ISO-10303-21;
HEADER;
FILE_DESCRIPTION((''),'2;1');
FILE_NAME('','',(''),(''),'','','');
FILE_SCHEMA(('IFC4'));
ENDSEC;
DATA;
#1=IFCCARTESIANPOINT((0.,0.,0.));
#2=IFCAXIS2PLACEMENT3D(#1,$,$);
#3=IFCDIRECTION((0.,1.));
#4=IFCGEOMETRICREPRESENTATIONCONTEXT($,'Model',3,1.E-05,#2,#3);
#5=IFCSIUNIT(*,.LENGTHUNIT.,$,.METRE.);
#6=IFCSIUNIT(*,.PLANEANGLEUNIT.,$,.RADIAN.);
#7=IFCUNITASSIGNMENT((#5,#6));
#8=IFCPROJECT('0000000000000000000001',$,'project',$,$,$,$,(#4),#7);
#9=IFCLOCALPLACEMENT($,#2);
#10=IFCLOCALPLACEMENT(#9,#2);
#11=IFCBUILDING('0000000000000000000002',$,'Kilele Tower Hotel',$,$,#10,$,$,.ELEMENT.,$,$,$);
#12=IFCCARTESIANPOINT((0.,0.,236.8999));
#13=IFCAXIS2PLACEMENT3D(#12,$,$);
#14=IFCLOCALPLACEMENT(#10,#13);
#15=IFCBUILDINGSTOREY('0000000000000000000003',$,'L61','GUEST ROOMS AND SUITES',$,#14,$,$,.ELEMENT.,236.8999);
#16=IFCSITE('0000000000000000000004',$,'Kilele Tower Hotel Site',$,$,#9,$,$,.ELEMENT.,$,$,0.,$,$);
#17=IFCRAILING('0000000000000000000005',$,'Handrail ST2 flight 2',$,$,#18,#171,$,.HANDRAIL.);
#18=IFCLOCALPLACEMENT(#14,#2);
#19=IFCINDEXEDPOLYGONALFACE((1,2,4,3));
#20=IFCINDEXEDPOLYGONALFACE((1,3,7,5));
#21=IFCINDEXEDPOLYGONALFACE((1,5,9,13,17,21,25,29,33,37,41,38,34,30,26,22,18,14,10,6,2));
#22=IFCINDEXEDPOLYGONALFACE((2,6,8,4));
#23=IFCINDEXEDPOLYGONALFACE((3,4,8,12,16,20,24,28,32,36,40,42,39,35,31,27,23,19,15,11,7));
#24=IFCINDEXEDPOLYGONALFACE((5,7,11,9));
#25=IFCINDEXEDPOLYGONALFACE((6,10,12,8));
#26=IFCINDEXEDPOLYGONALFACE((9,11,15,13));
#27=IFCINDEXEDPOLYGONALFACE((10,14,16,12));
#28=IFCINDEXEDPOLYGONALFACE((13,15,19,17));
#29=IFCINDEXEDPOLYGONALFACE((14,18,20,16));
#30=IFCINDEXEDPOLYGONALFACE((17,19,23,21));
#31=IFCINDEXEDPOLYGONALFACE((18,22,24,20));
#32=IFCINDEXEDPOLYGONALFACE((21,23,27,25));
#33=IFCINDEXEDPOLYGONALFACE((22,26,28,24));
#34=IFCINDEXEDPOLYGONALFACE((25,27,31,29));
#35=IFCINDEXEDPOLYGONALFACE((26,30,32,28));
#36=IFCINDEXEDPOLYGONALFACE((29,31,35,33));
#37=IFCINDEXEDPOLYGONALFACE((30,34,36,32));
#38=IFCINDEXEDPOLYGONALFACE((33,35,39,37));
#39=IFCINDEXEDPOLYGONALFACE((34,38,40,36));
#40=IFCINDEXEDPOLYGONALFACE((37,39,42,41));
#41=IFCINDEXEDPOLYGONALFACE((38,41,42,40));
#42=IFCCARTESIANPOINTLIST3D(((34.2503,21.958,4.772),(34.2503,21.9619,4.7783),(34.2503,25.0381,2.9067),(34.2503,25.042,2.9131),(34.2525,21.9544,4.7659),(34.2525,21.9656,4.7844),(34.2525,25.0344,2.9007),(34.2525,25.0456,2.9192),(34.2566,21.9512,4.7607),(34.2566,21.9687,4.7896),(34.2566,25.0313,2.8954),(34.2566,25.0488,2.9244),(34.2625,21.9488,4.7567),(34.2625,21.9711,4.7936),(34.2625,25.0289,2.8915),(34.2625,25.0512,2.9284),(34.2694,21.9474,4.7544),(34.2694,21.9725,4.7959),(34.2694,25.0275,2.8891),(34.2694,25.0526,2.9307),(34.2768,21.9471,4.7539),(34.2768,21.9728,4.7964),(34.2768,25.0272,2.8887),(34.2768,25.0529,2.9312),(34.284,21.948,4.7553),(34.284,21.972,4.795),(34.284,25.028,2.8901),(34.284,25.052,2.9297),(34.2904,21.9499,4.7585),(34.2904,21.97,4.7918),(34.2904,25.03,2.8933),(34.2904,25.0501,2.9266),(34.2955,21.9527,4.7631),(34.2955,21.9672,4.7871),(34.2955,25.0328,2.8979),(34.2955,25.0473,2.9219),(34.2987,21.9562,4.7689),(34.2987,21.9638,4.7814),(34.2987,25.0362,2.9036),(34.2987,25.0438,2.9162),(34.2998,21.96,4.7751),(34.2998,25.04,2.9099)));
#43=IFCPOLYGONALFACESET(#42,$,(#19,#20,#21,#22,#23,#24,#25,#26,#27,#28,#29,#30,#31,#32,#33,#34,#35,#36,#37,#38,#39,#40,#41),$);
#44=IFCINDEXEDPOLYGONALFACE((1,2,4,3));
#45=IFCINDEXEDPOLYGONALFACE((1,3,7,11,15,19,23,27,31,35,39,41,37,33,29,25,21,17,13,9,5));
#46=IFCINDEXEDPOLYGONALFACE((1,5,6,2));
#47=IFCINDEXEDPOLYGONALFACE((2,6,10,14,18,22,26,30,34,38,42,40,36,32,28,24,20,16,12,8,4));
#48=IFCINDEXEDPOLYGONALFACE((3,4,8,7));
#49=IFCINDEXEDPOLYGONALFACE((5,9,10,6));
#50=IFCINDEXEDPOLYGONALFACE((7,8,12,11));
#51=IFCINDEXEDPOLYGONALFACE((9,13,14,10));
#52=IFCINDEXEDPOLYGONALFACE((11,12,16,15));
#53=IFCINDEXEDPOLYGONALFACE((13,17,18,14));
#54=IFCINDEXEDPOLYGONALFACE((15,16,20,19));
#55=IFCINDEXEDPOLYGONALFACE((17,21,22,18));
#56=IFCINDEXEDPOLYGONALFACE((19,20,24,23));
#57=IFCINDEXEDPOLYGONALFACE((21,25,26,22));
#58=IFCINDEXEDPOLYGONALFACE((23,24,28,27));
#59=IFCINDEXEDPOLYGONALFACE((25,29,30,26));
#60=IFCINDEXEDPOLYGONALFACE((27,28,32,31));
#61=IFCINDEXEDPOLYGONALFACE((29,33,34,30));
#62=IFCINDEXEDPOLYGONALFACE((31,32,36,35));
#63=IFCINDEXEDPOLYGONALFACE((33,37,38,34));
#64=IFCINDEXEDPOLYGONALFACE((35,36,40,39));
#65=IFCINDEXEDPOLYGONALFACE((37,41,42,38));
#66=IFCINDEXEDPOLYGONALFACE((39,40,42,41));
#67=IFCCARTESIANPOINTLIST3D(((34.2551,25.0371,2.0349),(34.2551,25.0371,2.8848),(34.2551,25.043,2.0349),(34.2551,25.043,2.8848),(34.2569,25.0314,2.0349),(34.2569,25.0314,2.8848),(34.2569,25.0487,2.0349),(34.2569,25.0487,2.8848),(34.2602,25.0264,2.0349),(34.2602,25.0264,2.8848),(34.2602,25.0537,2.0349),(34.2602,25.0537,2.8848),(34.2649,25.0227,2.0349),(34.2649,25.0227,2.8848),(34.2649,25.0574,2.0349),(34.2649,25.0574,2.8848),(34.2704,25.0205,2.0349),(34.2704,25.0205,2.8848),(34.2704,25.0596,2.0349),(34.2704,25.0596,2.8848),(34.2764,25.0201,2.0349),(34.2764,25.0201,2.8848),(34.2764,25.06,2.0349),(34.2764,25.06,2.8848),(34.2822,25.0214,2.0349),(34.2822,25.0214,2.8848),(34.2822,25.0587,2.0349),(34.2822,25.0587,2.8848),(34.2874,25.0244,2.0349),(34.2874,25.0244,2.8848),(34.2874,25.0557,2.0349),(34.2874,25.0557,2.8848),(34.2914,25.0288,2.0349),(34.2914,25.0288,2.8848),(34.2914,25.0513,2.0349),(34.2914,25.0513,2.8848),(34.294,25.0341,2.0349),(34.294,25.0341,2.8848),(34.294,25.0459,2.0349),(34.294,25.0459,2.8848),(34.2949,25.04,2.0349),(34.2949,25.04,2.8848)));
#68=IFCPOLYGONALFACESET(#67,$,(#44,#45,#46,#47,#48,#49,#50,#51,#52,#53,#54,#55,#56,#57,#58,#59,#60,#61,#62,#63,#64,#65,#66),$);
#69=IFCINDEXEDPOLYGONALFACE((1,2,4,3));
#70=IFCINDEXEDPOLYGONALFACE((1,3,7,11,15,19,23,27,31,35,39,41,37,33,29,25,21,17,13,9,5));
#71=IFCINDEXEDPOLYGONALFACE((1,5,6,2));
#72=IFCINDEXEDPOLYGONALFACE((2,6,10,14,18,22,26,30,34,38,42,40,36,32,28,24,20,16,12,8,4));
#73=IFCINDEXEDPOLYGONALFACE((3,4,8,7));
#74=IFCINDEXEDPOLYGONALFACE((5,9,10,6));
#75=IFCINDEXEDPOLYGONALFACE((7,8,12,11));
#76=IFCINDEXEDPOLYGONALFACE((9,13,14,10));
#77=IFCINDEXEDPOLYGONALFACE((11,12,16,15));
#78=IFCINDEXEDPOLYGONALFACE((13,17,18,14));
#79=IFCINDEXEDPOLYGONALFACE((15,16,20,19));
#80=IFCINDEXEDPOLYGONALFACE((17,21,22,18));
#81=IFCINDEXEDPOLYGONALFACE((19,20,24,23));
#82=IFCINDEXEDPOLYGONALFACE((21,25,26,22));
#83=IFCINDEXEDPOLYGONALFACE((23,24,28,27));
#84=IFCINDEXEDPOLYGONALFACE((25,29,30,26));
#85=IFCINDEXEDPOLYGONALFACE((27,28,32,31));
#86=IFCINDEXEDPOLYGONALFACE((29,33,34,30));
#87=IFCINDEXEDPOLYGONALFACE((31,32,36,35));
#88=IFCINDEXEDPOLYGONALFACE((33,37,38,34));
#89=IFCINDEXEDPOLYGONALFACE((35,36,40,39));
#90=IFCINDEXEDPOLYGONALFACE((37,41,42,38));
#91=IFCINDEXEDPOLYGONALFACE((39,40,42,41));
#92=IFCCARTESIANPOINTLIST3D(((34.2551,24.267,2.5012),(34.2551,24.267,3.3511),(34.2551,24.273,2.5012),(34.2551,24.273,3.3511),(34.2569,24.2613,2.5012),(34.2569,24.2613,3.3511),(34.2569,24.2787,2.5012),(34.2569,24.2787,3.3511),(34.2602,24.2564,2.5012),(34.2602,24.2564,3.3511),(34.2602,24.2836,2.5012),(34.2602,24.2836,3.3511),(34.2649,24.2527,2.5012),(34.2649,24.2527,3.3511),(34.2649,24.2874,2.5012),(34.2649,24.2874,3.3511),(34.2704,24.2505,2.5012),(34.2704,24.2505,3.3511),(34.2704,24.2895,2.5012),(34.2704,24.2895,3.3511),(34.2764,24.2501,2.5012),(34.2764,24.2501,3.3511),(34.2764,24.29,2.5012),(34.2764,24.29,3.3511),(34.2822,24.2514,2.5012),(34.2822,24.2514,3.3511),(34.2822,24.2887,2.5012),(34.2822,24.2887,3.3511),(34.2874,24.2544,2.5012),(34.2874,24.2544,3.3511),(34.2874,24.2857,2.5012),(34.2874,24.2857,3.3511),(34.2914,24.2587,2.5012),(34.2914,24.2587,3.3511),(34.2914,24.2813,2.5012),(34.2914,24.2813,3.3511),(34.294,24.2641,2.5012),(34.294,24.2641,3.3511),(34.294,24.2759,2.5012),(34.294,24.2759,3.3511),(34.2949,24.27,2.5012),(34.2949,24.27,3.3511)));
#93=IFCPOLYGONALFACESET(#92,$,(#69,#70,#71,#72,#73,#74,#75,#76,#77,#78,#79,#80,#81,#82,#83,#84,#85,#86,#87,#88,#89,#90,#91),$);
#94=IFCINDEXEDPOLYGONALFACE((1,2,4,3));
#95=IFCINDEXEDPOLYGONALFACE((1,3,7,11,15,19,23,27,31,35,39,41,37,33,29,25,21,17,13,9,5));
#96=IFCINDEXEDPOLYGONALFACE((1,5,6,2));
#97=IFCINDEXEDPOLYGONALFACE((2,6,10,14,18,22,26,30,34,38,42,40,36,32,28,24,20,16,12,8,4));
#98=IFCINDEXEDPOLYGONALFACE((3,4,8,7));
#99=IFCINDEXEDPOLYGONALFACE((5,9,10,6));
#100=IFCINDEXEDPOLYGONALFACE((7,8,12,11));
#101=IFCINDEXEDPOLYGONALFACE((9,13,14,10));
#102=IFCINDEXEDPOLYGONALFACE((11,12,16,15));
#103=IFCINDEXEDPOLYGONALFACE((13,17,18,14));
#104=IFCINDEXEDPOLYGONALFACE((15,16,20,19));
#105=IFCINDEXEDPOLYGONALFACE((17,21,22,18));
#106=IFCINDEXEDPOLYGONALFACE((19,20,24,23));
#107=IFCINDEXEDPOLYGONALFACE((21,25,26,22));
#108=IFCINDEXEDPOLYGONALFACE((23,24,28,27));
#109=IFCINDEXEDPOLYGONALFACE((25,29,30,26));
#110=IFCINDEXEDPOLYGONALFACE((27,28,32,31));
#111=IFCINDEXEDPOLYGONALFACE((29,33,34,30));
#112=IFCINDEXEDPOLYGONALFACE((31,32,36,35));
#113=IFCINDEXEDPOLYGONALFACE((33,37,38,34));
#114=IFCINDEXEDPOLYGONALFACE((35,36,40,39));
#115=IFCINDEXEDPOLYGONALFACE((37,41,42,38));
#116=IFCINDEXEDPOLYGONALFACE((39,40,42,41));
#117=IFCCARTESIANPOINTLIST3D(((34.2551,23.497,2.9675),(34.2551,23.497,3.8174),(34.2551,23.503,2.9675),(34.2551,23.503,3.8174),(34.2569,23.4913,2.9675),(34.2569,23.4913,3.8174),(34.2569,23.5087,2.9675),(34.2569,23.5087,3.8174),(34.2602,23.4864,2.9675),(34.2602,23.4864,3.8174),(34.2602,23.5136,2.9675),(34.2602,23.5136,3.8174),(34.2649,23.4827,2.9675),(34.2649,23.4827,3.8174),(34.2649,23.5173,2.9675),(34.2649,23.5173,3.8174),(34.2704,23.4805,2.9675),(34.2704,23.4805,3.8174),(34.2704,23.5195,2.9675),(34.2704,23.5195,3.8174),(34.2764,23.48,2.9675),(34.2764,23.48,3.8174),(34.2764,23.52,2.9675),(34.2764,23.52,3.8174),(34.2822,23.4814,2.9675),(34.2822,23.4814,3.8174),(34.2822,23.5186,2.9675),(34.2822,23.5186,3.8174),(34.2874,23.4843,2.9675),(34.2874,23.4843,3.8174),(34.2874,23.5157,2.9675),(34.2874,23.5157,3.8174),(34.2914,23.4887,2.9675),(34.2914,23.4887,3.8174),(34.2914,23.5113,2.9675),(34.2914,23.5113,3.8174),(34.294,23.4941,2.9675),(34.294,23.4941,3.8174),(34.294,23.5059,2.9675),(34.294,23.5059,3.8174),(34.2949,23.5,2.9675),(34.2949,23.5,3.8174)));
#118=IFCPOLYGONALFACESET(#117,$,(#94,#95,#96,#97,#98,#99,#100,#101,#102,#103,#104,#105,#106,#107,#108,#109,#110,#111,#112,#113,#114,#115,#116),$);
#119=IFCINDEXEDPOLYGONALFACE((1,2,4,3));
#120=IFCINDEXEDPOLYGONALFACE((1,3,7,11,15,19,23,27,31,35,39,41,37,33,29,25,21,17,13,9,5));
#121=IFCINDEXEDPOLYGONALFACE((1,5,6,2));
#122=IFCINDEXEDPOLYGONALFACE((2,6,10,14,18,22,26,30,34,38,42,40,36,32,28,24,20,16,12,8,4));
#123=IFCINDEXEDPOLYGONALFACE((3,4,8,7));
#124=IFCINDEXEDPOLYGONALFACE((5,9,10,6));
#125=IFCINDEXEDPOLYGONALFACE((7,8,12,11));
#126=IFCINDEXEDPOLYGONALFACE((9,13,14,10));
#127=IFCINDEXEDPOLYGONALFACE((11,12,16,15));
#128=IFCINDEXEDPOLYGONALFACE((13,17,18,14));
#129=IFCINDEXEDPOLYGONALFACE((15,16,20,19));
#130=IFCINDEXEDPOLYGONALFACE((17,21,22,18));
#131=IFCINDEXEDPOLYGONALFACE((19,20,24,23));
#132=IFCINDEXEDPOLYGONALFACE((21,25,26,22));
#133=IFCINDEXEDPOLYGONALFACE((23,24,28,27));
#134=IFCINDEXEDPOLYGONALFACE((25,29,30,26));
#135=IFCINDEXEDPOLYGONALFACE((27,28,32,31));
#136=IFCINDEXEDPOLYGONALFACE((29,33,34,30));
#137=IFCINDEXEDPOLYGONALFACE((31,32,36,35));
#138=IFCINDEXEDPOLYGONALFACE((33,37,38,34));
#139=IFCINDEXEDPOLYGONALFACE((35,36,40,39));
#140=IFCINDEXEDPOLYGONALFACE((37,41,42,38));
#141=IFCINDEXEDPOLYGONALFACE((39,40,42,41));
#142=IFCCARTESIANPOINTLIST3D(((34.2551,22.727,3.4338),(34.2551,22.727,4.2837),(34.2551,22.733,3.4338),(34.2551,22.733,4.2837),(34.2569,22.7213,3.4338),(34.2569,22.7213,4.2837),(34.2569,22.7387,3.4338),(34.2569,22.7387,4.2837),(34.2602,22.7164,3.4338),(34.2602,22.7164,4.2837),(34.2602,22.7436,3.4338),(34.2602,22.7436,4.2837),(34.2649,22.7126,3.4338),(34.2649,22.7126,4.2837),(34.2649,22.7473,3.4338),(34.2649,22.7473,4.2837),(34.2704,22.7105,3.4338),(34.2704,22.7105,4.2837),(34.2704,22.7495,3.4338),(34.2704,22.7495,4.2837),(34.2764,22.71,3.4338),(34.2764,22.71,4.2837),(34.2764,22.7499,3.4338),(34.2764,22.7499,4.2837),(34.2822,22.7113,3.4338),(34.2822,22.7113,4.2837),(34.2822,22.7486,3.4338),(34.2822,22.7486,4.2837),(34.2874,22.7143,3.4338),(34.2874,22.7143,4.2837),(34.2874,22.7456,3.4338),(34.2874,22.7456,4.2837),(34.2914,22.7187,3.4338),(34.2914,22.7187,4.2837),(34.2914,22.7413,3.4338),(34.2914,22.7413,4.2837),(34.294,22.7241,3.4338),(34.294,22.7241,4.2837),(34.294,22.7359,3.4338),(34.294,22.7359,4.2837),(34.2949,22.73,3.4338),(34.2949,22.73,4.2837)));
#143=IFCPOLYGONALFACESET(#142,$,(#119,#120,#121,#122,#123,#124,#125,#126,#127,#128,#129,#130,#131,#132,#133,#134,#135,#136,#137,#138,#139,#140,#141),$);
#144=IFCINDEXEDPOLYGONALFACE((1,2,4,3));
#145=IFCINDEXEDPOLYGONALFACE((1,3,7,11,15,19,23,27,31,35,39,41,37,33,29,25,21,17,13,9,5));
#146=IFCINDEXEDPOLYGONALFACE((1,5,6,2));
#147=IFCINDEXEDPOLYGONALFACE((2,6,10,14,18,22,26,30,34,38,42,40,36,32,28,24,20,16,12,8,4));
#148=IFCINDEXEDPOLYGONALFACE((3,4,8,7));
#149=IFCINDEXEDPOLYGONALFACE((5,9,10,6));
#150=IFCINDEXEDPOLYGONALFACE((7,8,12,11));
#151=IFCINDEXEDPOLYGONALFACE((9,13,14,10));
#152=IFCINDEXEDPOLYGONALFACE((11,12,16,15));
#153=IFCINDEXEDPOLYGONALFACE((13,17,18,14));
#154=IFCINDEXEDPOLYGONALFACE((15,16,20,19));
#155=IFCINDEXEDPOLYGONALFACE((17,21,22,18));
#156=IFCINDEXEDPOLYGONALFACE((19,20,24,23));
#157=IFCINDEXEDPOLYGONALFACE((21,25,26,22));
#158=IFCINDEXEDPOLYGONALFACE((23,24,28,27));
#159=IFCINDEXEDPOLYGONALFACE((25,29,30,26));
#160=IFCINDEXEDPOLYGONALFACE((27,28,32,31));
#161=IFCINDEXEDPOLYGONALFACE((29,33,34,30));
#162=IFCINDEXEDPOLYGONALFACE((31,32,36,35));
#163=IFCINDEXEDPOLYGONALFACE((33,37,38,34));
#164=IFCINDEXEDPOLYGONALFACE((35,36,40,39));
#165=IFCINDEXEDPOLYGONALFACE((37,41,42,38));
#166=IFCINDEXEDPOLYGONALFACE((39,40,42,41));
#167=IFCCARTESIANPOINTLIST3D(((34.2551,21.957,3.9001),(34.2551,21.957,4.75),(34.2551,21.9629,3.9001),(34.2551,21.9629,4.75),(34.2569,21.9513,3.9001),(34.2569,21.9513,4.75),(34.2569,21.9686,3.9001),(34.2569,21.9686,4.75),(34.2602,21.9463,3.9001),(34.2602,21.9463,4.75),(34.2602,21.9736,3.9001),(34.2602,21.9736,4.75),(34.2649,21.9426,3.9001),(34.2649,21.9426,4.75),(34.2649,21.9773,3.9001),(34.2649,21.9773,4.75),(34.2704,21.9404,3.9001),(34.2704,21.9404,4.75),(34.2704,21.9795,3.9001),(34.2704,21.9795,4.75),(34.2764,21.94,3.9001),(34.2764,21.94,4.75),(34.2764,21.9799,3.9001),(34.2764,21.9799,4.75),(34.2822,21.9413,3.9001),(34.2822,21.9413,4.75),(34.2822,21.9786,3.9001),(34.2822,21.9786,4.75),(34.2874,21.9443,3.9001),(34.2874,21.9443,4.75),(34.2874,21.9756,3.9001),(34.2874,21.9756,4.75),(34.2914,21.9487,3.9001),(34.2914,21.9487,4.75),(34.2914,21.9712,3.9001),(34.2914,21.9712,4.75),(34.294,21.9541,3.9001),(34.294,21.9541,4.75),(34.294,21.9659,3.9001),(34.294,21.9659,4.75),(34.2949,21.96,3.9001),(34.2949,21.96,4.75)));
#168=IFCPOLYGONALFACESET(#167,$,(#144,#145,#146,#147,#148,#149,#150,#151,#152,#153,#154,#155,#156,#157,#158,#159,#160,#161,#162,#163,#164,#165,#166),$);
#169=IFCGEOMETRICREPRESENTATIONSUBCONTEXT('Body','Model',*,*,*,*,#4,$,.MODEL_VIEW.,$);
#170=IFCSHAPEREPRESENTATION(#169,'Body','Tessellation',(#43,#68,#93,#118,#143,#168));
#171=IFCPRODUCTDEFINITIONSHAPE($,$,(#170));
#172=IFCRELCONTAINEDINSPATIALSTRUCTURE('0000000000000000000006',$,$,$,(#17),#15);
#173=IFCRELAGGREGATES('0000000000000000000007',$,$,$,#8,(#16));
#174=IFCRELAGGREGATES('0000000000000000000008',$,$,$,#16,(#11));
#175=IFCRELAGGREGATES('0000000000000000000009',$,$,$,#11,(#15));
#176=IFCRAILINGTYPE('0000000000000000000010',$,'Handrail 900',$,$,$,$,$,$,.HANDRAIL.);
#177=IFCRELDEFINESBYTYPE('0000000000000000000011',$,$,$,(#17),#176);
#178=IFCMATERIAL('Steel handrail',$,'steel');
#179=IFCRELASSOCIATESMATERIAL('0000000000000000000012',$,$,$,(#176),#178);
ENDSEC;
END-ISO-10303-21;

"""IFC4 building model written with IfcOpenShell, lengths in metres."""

from ifc_helpers import new_model, si_unit, direction, frame, origin, origin_2d, place, context, subcontext, project, spatial, circle, extrude, material, type_object, element, save


model = new_model("IFC4")

# Units and contexts
model_context = context("Model", 3, precision=1e-05, world=origin(), true_north=direction((0.0, 1.0)))
body_context = subcontext(model_context, "Body", "Model", "MODEL_VIEW")
ifc_project = project(units=[si_unit("LENGTHUNIT", "METRE"), si_unit("PLANEANGLEUNIT", "RADIAN")], contexts=[model_context])

# Site, building, storey
site_placement = place(None, origin())
site = spatial("IfcSite", under=ifc_project, at=site_placement, Name="Kilele Tower Hotel Site", CompositionType="ELEMENT", RefElevation=0.0)
building_placement = place(site_placement, origin())
building = spatial("IfcBuilding", under=site, at=building_placement, Name="Kilele Tower Hotel", CompositionType="ELEMENT")
storey_placement = place(building_placement, frame((0.0, 0.0, 236.8999)))
storey = spatial("IfcBuildingStorey", under=building, at=storey_placement, Name="L61", Description="GUEST ROOMS AND SUITES", CompositionType="ELEMENT", Elevation=236.8999)

# Railing
ifc_material_1 = material(Name="Steel handrail", Category="steel")
railing_type_1 = type_object("IfcRailingType", Name="Handrail 900", PredefinedType="HANDRAIL", material=ifc_material_1)
for number, where, name in (
    (1, (34.2749, 25.04, 2.0349), "Handrail ST2 flight 2"),
):
    element("IfcRailing", number, at=place(storey_placement, frame(where)), inside=storey, type_object=railing_type_1, Name=name, PredefinedType="HANDRAIL", context=body_context, shape_type="SweptSolid", body=[
        extrude(circle(Radius=0.0249, at=origin_2d()), frame((0.0, 0.0, 0.875), z_axis=(0.0, -0.85538, 0.518001), x_axis=(1.0, 0.0, 0.0)), (0.0, 0.0, 1.0), 3.6008),
        extrude(circle(Radius=0.02, at=origin_2d()), origin(), (0.0, 0.0, 1.0), 0.8499),
        extrude(circle(Radius=0.02, at=origin_2d()), frame((0.0, -0.77, 0.4663)), (0.0, 0.0, 1.0), 0.8499),
        extrude(circle(Radius=0.02, at=origin_2d()), frame((0.0, -1.54, 0.9326)), (0.0, 0.0, 1.0), 0.8499),
        extrude(circle(Radius=0.02, at=origin_2d()), frame((0.0, -2.3101, 1.3989)), (0.0, 0.0, 1.0), 0.8499),
        extrude(circle(Radius=0.02, at=origin_2d()), frame((0.0, -3.0801, 1.8652)), (0.0, 0.0, 1.0), 0.8499),
    ])

save(model, "model.ifc")
